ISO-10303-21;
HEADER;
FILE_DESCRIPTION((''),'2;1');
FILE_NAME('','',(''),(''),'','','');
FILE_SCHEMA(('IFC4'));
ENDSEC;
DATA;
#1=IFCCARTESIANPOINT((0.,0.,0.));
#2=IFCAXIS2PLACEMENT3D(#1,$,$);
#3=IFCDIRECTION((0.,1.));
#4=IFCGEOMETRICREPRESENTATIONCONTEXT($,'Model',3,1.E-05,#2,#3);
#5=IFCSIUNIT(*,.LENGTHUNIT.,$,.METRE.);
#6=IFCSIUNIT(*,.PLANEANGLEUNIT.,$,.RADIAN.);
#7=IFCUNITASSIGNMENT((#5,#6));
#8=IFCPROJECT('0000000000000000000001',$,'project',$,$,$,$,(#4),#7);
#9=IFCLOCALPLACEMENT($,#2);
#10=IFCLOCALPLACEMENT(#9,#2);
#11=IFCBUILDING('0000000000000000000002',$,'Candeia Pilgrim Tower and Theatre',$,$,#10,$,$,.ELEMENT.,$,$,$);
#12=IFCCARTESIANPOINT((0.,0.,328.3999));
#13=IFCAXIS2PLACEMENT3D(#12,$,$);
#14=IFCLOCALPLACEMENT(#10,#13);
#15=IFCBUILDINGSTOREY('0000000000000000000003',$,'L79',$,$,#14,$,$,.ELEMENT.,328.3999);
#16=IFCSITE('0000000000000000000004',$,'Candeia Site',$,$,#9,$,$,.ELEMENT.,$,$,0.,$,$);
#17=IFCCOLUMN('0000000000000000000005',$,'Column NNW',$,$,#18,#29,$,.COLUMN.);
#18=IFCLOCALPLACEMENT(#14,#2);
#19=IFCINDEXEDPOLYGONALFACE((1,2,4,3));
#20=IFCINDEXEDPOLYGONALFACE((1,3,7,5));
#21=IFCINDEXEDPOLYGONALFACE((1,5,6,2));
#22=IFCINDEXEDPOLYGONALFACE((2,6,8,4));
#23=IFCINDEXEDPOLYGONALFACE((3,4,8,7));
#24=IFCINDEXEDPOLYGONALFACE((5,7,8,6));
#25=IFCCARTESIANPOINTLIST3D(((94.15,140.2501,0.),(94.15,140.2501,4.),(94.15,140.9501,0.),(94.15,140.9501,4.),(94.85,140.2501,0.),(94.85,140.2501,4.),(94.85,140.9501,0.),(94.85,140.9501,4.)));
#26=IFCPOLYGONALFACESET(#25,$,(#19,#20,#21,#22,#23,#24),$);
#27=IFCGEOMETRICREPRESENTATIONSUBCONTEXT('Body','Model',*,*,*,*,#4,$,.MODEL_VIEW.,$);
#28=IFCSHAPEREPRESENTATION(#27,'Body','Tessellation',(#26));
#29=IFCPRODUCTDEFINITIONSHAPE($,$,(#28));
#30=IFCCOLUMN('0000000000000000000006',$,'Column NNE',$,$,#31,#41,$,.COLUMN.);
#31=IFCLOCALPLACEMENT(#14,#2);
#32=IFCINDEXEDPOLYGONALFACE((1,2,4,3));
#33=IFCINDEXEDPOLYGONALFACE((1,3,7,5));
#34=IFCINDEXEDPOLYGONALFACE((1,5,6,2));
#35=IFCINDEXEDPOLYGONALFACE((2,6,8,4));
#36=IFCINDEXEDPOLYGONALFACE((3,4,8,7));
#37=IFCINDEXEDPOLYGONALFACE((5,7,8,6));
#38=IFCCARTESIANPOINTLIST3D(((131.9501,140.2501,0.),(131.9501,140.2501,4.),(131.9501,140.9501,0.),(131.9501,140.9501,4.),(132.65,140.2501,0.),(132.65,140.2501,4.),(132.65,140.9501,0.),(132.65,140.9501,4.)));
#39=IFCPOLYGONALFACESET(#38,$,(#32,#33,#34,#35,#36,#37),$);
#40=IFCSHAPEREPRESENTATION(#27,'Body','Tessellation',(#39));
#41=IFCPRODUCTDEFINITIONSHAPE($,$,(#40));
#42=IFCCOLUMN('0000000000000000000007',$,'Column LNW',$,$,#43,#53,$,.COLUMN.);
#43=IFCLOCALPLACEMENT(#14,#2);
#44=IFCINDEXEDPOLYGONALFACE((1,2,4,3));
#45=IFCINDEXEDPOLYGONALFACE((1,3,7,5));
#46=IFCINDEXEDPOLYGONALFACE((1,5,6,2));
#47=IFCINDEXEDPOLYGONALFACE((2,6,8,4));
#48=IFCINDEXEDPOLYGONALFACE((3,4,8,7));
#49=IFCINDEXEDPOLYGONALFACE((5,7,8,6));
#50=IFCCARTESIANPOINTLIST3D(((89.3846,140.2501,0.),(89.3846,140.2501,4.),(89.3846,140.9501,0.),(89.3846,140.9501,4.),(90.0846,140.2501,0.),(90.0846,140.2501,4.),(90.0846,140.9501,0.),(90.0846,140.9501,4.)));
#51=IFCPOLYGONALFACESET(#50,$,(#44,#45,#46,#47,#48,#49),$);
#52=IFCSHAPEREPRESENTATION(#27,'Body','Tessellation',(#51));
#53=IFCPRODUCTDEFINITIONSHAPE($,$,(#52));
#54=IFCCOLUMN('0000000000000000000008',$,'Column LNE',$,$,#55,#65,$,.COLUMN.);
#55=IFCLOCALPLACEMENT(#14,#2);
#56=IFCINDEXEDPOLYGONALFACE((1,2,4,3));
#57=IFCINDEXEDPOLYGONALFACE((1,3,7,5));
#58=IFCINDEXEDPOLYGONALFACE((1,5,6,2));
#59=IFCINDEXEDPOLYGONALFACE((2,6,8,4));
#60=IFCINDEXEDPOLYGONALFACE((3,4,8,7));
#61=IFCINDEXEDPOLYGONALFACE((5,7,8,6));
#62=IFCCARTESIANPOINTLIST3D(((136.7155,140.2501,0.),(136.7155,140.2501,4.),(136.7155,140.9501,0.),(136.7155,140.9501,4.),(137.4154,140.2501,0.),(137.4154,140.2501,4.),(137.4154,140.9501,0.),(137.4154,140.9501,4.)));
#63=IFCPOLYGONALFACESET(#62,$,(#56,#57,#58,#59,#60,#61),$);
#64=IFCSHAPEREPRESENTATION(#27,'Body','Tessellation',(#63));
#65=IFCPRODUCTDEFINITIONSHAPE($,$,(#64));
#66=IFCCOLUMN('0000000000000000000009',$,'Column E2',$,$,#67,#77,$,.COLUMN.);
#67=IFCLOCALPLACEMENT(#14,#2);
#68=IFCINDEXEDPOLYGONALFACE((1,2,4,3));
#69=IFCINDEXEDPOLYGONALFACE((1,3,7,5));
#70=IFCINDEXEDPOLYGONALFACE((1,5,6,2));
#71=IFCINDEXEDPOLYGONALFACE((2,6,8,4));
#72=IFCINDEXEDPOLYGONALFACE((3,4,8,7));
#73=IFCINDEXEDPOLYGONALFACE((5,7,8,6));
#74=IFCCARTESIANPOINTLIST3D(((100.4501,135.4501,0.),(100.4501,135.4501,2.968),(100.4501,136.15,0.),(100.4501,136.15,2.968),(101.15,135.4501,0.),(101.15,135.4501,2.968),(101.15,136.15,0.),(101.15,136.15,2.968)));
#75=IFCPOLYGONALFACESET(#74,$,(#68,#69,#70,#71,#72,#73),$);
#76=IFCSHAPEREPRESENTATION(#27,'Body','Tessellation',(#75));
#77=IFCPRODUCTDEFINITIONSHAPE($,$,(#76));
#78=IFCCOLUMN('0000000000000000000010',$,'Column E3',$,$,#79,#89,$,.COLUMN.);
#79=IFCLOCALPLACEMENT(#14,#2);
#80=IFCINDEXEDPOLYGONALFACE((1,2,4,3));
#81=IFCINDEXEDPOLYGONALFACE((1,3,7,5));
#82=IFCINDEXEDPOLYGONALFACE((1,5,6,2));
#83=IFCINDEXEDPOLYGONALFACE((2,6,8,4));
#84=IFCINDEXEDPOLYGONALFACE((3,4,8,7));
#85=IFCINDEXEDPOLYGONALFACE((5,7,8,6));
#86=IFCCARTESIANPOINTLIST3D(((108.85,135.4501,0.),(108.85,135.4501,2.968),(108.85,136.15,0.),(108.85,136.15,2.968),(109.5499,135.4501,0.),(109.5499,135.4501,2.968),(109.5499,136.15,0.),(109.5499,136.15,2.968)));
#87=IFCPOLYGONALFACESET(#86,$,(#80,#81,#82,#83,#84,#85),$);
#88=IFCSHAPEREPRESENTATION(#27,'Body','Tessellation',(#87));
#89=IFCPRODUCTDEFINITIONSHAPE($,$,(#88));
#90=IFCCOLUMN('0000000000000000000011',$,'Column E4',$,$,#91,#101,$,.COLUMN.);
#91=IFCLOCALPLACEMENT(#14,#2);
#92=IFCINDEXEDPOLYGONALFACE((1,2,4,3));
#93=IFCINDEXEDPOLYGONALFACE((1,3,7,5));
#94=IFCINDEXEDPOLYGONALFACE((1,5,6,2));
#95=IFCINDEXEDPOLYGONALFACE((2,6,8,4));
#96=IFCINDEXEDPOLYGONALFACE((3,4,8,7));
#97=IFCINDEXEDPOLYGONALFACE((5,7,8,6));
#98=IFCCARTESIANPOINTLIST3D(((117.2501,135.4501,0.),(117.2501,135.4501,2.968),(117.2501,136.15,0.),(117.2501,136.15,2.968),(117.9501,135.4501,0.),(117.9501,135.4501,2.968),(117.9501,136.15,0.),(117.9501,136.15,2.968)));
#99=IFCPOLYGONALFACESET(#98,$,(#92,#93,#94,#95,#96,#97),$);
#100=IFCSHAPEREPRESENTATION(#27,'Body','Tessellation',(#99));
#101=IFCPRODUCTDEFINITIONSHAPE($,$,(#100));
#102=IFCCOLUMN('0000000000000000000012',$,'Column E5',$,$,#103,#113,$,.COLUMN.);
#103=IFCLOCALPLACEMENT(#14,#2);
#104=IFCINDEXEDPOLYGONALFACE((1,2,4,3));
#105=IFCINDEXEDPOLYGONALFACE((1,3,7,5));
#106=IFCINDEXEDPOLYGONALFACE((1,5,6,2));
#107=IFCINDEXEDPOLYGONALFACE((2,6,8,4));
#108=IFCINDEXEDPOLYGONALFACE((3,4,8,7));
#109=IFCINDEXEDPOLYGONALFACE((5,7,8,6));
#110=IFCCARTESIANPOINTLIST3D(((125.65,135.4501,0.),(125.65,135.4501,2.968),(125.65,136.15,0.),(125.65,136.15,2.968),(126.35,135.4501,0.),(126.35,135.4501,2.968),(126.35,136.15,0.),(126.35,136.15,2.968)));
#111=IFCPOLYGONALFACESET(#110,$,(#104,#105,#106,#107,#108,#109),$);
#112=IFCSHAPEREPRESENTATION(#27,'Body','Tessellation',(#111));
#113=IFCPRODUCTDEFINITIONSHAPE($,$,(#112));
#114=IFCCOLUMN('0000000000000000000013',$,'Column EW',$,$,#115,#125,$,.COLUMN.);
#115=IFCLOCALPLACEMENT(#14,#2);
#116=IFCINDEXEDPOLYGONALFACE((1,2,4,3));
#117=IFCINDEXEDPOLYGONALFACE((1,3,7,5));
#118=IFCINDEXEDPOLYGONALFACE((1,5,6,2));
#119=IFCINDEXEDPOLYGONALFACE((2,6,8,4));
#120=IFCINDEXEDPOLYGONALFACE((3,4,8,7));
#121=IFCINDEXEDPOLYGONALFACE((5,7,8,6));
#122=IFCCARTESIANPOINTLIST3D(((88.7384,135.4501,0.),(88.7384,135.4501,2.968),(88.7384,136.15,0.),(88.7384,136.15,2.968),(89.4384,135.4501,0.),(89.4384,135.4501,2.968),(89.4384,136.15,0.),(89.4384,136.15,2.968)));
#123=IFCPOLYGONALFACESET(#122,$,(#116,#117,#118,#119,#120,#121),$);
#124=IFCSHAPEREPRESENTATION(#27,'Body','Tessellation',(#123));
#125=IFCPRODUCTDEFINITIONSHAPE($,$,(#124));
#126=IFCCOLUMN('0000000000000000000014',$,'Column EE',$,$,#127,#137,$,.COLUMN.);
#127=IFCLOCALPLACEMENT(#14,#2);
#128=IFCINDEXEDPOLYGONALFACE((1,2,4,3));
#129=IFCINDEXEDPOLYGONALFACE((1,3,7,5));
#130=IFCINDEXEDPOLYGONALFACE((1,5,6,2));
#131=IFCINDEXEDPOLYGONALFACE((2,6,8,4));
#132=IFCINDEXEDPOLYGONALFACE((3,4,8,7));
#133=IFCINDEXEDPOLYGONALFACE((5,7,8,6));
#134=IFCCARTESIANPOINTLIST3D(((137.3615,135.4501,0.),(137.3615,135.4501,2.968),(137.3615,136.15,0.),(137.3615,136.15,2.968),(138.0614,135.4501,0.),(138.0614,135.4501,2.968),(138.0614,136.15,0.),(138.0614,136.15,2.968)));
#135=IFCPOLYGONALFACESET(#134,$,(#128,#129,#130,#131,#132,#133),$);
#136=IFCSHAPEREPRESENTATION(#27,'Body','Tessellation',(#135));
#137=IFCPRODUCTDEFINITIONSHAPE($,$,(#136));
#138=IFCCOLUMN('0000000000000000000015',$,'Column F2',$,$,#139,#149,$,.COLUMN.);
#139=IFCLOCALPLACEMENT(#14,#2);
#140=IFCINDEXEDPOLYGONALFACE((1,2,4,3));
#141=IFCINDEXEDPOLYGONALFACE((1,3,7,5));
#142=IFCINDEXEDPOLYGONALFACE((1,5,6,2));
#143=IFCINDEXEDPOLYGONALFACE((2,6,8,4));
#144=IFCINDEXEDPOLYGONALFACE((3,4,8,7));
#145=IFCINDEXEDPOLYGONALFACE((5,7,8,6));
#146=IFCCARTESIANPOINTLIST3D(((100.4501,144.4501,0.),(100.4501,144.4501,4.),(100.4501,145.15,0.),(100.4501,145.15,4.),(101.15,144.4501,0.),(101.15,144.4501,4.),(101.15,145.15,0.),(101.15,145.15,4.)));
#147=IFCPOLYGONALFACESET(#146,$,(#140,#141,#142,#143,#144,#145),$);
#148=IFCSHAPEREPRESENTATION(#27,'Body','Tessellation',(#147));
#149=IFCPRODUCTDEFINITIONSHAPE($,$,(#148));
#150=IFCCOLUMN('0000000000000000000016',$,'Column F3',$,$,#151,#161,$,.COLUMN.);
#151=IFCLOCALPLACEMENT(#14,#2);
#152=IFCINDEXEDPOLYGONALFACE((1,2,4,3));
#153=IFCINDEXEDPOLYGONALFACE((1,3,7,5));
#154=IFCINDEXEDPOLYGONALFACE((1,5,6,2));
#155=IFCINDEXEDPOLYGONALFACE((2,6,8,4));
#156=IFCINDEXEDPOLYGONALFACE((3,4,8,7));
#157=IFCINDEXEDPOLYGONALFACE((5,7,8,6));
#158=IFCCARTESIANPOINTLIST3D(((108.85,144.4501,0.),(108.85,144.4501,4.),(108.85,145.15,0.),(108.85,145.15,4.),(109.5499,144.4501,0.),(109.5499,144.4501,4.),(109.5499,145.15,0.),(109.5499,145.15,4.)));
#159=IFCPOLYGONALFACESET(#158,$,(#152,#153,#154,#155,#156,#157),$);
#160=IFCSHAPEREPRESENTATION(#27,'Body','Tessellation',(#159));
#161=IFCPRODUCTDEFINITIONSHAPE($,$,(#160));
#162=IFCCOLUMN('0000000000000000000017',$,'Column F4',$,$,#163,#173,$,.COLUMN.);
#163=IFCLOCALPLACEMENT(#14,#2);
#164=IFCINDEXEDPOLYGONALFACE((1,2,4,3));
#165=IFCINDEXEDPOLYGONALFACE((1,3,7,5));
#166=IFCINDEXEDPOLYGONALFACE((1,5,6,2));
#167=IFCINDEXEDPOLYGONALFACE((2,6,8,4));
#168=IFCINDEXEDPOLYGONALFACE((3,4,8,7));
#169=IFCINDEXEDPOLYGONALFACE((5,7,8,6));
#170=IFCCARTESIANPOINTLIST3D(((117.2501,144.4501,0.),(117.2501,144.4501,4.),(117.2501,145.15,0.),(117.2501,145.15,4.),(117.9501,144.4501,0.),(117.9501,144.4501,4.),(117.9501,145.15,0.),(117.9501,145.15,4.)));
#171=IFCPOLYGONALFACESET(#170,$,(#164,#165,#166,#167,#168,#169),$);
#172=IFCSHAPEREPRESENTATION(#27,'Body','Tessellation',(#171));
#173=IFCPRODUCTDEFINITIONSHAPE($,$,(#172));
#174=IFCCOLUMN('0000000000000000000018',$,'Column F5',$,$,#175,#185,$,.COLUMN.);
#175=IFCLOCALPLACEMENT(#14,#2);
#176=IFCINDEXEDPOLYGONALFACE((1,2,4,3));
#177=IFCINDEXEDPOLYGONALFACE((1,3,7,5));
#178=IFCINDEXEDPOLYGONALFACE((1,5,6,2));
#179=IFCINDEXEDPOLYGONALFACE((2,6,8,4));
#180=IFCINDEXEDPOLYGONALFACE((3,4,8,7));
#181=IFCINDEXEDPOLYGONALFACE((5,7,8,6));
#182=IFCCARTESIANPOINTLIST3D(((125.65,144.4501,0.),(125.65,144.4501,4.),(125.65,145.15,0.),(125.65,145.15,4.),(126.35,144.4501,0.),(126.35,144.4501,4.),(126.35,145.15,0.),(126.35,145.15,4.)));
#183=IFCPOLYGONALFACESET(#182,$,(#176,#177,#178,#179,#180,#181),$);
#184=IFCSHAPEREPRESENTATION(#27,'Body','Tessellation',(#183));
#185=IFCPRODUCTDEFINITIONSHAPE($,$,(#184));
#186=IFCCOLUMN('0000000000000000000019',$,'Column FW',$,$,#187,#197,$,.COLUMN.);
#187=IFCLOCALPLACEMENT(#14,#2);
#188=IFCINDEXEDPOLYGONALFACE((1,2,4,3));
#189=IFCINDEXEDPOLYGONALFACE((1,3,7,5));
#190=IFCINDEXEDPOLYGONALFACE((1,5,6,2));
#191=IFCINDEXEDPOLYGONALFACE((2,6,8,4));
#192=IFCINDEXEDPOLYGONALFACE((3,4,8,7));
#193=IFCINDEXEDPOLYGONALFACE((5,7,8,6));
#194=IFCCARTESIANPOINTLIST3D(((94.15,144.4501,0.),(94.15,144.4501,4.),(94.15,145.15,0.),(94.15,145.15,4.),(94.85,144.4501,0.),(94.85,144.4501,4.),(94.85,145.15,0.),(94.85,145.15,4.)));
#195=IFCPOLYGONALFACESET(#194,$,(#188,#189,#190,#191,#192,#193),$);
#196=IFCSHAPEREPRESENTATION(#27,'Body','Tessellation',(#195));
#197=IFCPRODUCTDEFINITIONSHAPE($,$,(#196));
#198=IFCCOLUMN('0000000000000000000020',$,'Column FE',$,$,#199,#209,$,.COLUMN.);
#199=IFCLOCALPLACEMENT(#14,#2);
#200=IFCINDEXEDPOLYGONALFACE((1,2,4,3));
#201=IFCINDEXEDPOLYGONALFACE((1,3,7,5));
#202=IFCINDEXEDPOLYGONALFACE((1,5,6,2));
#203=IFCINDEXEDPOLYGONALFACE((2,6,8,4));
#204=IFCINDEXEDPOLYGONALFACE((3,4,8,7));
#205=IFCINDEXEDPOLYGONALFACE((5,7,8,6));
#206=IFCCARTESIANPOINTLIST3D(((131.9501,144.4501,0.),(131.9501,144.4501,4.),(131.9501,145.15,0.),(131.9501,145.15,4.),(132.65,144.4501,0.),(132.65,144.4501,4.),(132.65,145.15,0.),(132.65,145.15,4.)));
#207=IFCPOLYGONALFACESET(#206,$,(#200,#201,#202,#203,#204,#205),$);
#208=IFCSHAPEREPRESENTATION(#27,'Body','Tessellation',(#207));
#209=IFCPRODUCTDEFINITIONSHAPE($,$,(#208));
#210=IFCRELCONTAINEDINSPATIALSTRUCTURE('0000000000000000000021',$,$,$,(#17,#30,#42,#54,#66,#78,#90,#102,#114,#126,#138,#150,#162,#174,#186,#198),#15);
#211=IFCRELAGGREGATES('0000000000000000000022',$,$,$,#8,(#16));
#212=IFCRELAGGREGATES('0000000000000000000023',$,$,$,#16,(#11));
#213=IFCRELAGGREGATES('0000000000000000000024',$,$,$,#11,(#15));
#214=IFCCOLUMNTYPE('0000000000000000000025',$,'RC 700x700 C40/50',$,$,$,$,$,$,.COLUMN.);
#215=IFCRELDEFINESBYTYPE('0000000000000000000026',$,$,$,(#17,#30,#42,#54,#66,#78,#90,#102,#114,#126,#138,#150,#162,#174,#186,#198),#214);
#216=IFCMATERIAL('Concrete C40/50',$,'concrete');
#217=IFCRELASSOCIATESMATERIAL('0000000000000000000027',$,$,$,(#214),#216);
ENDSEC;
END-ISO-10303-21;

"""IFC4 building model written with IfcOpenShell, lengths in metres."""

from ifc_helpers import new_model, si_unit, direction, frame, origin, origin_2d, place, context, subcontext, project, spatial, rectangle, extrude, material, material_profile, profile_set, type_object, element, save


model = new_model("IFC4")

# Units and contexts
model_context = context("Model", 3, precision=1e-05, world=origin(), true_north=direction((0.0, 1.0)))
body_context = subcontext(model_context, "Body", "Model", "MODEL_VIEW")
ifc_project = project(units=[si_unit("LENGTHUNIT", "METRE"), si_unit("PLANEANGLEUNIT", "RADIAN")], contexts=[model_context])

# Site, building, storey
site_placement = place(None, origin())
site = spatial("IfcSite", under=ifc_project, at=site_placement, Name="Candeia Site", CompositionType="ELEMENT", RefElevation=0.0)
building_placement = place(site_placement, origin())
building = spatial("IfcBuilding", under=site, at=building_placement, Name="Candeia Pilgrim Tower and Theatre", CompositionType="ELEMENT")
storey_placement = place(building_placement, frame((0.0, 0.0, 328.3999)))
storey = spatial("IfcBuildingStorey", under=building, at=storey_placement, Name="L79", CompositionType="ELEMENT", Elevation=328.3999)

# Columns
ifc_material_1 = material(Name="Concrete C40/50", Category="concrete")
ifc_material_profile_1 = material_profile(ifc_material_1, rectangle(XDim=0.7, YDim=0.7, at=origin_2d()))
ifc_profile_set_1 = profile_set([ifc_material_profile_1], Name="Concrete C40/50")
column_type = type_object("IfcColumnType", Name="RC 700x700 C40/50", PredefinedType="COLUMN", material=ifc_profile_set_1)
for number, where, z_axis, x_axis, name in (
    (1, (94.5, 140.6001, 0.0), (0.0, 0.0, 1.0), (1.0, 0.0, 0.0), "Column NNW"),
    (2, (132.3, 140.6001, 0.0), (0.0, 0.0, 1.0), (1.0, 0.0, 0.0), "Column NNE"),
    (3, (89.7346, 140.6001, 0.0), (0.0, 0.0, 1.0), (1.0, 0.0, 0.0), "Column LNW"),
    (4, (137.0654, 140.6001, 0.0), (0.0, 0.0, 1.0), (1.0, 0.0, 0.0), "Column LNE"),
):
    element("IfcColumn", number, at=place(storey_placement, frame(where, z_axis=z_axis, x_axis=x_axis)), inside=storey, type_object=column_type, Name=name, PredefinedType="COLUMN", context=body_context, shape_type="SweptSolid", body=[
        extrude(rectangle(XDim=0.7, YDim=0.7, at=origin_2d()), origin(), (0.0, 0.0, 1.0), 4.0),
    ])
for number, where, z_axis, x_axis, name in (
    (5, (100.8, 135.8, 0.0), (0.0, 0.0, 1.0), (1.0, 0.0, 0.0), "Column E2"),
    (6, (109.2, 135.8, 0.0), (0.0, 0.0, 1.0), (1.0, 0.0, 0.0), "Column E3"),
    (7, (117.6001, 135.8, 0.0), (0.0, 0.0, 1.0), (1.0, 0.0, 0.0), "Column E4"),
    (8, (126.0, 135.8, 0.0), (0.0, 0.0, 1.0), (1.0, 0.0, 0.0), "Column E5"),
    (9, (89.0884, 135.8, 0.0), (0.0, 0.0, 1.0), (1.0, 0.0, 0.0), "Column EW"),
    (10, (137.7114, 135.8, 0.0), (0.0, 0.0, 1.0), (1.0, 0.0, 0.0), "Column EE"),
):
    element("IfcColumn", number, at=place(storey_placement, frame(where, z_axis=z_axis, x_axis=x_axis)), inside=storey, type_object=column_type, Name=name, PredefinedType="COLUMN", context=body_context, shape_type="SweptSolid", body=[
        extrude(rectangle(XDim=0.7, YDim=0.7, at=origin_2d()), origin(), (0.0, 0.0, 1.0), 2.968),
    ])
for number, where, z_axis, x_axis, name in (
    (11, (100.8, 144.8, 0.0), (0.0, 0.0, 1.0), (1.0, 0.0, 0.0), "Column F2"),
    (12, (109.2, 144.8, 0.0), (0.0, 0.0, 1.0), (1.0, 0.0, 0.0), "Column F3"),
    (13, (117.6001, 144.8, 0.0), (0.0, 0.0, 1.0), (1.0, 0.0, 0.0), "Column F4"),
    (14, (126.0, 144.8, 0.0), (0.0, 0.0, 1.0), (1.0, 0.0, 0.0), "Column F5"),
    (15, (94.5, 144.8, 0.0), (0.0, 0.0, 1.0), (1.0, 0.0, 0.0), "Column FW"),
    (16, (132.3, 144.8, 0.0), (0.0, 0.0, 1.0), (1.0, 0.0, 0.0), "Column FE"),
):
    element("IfcColumn", number, at=place(storey_placement, frame(where, z_axis=z_axis, x_axis=x_axis)), inside=storey, type_object=column_type, Name=name, PredefinedType="COLUMN", context=body_context, shape_type="SweptSolid", body=[
        extrude(rectangle(XDim=0.7, YDim=0.7, at=origin_2d()), origin(), (0.0, 0.0, 1.0), 4.0),
    ])

save(model, "model.ifc")
